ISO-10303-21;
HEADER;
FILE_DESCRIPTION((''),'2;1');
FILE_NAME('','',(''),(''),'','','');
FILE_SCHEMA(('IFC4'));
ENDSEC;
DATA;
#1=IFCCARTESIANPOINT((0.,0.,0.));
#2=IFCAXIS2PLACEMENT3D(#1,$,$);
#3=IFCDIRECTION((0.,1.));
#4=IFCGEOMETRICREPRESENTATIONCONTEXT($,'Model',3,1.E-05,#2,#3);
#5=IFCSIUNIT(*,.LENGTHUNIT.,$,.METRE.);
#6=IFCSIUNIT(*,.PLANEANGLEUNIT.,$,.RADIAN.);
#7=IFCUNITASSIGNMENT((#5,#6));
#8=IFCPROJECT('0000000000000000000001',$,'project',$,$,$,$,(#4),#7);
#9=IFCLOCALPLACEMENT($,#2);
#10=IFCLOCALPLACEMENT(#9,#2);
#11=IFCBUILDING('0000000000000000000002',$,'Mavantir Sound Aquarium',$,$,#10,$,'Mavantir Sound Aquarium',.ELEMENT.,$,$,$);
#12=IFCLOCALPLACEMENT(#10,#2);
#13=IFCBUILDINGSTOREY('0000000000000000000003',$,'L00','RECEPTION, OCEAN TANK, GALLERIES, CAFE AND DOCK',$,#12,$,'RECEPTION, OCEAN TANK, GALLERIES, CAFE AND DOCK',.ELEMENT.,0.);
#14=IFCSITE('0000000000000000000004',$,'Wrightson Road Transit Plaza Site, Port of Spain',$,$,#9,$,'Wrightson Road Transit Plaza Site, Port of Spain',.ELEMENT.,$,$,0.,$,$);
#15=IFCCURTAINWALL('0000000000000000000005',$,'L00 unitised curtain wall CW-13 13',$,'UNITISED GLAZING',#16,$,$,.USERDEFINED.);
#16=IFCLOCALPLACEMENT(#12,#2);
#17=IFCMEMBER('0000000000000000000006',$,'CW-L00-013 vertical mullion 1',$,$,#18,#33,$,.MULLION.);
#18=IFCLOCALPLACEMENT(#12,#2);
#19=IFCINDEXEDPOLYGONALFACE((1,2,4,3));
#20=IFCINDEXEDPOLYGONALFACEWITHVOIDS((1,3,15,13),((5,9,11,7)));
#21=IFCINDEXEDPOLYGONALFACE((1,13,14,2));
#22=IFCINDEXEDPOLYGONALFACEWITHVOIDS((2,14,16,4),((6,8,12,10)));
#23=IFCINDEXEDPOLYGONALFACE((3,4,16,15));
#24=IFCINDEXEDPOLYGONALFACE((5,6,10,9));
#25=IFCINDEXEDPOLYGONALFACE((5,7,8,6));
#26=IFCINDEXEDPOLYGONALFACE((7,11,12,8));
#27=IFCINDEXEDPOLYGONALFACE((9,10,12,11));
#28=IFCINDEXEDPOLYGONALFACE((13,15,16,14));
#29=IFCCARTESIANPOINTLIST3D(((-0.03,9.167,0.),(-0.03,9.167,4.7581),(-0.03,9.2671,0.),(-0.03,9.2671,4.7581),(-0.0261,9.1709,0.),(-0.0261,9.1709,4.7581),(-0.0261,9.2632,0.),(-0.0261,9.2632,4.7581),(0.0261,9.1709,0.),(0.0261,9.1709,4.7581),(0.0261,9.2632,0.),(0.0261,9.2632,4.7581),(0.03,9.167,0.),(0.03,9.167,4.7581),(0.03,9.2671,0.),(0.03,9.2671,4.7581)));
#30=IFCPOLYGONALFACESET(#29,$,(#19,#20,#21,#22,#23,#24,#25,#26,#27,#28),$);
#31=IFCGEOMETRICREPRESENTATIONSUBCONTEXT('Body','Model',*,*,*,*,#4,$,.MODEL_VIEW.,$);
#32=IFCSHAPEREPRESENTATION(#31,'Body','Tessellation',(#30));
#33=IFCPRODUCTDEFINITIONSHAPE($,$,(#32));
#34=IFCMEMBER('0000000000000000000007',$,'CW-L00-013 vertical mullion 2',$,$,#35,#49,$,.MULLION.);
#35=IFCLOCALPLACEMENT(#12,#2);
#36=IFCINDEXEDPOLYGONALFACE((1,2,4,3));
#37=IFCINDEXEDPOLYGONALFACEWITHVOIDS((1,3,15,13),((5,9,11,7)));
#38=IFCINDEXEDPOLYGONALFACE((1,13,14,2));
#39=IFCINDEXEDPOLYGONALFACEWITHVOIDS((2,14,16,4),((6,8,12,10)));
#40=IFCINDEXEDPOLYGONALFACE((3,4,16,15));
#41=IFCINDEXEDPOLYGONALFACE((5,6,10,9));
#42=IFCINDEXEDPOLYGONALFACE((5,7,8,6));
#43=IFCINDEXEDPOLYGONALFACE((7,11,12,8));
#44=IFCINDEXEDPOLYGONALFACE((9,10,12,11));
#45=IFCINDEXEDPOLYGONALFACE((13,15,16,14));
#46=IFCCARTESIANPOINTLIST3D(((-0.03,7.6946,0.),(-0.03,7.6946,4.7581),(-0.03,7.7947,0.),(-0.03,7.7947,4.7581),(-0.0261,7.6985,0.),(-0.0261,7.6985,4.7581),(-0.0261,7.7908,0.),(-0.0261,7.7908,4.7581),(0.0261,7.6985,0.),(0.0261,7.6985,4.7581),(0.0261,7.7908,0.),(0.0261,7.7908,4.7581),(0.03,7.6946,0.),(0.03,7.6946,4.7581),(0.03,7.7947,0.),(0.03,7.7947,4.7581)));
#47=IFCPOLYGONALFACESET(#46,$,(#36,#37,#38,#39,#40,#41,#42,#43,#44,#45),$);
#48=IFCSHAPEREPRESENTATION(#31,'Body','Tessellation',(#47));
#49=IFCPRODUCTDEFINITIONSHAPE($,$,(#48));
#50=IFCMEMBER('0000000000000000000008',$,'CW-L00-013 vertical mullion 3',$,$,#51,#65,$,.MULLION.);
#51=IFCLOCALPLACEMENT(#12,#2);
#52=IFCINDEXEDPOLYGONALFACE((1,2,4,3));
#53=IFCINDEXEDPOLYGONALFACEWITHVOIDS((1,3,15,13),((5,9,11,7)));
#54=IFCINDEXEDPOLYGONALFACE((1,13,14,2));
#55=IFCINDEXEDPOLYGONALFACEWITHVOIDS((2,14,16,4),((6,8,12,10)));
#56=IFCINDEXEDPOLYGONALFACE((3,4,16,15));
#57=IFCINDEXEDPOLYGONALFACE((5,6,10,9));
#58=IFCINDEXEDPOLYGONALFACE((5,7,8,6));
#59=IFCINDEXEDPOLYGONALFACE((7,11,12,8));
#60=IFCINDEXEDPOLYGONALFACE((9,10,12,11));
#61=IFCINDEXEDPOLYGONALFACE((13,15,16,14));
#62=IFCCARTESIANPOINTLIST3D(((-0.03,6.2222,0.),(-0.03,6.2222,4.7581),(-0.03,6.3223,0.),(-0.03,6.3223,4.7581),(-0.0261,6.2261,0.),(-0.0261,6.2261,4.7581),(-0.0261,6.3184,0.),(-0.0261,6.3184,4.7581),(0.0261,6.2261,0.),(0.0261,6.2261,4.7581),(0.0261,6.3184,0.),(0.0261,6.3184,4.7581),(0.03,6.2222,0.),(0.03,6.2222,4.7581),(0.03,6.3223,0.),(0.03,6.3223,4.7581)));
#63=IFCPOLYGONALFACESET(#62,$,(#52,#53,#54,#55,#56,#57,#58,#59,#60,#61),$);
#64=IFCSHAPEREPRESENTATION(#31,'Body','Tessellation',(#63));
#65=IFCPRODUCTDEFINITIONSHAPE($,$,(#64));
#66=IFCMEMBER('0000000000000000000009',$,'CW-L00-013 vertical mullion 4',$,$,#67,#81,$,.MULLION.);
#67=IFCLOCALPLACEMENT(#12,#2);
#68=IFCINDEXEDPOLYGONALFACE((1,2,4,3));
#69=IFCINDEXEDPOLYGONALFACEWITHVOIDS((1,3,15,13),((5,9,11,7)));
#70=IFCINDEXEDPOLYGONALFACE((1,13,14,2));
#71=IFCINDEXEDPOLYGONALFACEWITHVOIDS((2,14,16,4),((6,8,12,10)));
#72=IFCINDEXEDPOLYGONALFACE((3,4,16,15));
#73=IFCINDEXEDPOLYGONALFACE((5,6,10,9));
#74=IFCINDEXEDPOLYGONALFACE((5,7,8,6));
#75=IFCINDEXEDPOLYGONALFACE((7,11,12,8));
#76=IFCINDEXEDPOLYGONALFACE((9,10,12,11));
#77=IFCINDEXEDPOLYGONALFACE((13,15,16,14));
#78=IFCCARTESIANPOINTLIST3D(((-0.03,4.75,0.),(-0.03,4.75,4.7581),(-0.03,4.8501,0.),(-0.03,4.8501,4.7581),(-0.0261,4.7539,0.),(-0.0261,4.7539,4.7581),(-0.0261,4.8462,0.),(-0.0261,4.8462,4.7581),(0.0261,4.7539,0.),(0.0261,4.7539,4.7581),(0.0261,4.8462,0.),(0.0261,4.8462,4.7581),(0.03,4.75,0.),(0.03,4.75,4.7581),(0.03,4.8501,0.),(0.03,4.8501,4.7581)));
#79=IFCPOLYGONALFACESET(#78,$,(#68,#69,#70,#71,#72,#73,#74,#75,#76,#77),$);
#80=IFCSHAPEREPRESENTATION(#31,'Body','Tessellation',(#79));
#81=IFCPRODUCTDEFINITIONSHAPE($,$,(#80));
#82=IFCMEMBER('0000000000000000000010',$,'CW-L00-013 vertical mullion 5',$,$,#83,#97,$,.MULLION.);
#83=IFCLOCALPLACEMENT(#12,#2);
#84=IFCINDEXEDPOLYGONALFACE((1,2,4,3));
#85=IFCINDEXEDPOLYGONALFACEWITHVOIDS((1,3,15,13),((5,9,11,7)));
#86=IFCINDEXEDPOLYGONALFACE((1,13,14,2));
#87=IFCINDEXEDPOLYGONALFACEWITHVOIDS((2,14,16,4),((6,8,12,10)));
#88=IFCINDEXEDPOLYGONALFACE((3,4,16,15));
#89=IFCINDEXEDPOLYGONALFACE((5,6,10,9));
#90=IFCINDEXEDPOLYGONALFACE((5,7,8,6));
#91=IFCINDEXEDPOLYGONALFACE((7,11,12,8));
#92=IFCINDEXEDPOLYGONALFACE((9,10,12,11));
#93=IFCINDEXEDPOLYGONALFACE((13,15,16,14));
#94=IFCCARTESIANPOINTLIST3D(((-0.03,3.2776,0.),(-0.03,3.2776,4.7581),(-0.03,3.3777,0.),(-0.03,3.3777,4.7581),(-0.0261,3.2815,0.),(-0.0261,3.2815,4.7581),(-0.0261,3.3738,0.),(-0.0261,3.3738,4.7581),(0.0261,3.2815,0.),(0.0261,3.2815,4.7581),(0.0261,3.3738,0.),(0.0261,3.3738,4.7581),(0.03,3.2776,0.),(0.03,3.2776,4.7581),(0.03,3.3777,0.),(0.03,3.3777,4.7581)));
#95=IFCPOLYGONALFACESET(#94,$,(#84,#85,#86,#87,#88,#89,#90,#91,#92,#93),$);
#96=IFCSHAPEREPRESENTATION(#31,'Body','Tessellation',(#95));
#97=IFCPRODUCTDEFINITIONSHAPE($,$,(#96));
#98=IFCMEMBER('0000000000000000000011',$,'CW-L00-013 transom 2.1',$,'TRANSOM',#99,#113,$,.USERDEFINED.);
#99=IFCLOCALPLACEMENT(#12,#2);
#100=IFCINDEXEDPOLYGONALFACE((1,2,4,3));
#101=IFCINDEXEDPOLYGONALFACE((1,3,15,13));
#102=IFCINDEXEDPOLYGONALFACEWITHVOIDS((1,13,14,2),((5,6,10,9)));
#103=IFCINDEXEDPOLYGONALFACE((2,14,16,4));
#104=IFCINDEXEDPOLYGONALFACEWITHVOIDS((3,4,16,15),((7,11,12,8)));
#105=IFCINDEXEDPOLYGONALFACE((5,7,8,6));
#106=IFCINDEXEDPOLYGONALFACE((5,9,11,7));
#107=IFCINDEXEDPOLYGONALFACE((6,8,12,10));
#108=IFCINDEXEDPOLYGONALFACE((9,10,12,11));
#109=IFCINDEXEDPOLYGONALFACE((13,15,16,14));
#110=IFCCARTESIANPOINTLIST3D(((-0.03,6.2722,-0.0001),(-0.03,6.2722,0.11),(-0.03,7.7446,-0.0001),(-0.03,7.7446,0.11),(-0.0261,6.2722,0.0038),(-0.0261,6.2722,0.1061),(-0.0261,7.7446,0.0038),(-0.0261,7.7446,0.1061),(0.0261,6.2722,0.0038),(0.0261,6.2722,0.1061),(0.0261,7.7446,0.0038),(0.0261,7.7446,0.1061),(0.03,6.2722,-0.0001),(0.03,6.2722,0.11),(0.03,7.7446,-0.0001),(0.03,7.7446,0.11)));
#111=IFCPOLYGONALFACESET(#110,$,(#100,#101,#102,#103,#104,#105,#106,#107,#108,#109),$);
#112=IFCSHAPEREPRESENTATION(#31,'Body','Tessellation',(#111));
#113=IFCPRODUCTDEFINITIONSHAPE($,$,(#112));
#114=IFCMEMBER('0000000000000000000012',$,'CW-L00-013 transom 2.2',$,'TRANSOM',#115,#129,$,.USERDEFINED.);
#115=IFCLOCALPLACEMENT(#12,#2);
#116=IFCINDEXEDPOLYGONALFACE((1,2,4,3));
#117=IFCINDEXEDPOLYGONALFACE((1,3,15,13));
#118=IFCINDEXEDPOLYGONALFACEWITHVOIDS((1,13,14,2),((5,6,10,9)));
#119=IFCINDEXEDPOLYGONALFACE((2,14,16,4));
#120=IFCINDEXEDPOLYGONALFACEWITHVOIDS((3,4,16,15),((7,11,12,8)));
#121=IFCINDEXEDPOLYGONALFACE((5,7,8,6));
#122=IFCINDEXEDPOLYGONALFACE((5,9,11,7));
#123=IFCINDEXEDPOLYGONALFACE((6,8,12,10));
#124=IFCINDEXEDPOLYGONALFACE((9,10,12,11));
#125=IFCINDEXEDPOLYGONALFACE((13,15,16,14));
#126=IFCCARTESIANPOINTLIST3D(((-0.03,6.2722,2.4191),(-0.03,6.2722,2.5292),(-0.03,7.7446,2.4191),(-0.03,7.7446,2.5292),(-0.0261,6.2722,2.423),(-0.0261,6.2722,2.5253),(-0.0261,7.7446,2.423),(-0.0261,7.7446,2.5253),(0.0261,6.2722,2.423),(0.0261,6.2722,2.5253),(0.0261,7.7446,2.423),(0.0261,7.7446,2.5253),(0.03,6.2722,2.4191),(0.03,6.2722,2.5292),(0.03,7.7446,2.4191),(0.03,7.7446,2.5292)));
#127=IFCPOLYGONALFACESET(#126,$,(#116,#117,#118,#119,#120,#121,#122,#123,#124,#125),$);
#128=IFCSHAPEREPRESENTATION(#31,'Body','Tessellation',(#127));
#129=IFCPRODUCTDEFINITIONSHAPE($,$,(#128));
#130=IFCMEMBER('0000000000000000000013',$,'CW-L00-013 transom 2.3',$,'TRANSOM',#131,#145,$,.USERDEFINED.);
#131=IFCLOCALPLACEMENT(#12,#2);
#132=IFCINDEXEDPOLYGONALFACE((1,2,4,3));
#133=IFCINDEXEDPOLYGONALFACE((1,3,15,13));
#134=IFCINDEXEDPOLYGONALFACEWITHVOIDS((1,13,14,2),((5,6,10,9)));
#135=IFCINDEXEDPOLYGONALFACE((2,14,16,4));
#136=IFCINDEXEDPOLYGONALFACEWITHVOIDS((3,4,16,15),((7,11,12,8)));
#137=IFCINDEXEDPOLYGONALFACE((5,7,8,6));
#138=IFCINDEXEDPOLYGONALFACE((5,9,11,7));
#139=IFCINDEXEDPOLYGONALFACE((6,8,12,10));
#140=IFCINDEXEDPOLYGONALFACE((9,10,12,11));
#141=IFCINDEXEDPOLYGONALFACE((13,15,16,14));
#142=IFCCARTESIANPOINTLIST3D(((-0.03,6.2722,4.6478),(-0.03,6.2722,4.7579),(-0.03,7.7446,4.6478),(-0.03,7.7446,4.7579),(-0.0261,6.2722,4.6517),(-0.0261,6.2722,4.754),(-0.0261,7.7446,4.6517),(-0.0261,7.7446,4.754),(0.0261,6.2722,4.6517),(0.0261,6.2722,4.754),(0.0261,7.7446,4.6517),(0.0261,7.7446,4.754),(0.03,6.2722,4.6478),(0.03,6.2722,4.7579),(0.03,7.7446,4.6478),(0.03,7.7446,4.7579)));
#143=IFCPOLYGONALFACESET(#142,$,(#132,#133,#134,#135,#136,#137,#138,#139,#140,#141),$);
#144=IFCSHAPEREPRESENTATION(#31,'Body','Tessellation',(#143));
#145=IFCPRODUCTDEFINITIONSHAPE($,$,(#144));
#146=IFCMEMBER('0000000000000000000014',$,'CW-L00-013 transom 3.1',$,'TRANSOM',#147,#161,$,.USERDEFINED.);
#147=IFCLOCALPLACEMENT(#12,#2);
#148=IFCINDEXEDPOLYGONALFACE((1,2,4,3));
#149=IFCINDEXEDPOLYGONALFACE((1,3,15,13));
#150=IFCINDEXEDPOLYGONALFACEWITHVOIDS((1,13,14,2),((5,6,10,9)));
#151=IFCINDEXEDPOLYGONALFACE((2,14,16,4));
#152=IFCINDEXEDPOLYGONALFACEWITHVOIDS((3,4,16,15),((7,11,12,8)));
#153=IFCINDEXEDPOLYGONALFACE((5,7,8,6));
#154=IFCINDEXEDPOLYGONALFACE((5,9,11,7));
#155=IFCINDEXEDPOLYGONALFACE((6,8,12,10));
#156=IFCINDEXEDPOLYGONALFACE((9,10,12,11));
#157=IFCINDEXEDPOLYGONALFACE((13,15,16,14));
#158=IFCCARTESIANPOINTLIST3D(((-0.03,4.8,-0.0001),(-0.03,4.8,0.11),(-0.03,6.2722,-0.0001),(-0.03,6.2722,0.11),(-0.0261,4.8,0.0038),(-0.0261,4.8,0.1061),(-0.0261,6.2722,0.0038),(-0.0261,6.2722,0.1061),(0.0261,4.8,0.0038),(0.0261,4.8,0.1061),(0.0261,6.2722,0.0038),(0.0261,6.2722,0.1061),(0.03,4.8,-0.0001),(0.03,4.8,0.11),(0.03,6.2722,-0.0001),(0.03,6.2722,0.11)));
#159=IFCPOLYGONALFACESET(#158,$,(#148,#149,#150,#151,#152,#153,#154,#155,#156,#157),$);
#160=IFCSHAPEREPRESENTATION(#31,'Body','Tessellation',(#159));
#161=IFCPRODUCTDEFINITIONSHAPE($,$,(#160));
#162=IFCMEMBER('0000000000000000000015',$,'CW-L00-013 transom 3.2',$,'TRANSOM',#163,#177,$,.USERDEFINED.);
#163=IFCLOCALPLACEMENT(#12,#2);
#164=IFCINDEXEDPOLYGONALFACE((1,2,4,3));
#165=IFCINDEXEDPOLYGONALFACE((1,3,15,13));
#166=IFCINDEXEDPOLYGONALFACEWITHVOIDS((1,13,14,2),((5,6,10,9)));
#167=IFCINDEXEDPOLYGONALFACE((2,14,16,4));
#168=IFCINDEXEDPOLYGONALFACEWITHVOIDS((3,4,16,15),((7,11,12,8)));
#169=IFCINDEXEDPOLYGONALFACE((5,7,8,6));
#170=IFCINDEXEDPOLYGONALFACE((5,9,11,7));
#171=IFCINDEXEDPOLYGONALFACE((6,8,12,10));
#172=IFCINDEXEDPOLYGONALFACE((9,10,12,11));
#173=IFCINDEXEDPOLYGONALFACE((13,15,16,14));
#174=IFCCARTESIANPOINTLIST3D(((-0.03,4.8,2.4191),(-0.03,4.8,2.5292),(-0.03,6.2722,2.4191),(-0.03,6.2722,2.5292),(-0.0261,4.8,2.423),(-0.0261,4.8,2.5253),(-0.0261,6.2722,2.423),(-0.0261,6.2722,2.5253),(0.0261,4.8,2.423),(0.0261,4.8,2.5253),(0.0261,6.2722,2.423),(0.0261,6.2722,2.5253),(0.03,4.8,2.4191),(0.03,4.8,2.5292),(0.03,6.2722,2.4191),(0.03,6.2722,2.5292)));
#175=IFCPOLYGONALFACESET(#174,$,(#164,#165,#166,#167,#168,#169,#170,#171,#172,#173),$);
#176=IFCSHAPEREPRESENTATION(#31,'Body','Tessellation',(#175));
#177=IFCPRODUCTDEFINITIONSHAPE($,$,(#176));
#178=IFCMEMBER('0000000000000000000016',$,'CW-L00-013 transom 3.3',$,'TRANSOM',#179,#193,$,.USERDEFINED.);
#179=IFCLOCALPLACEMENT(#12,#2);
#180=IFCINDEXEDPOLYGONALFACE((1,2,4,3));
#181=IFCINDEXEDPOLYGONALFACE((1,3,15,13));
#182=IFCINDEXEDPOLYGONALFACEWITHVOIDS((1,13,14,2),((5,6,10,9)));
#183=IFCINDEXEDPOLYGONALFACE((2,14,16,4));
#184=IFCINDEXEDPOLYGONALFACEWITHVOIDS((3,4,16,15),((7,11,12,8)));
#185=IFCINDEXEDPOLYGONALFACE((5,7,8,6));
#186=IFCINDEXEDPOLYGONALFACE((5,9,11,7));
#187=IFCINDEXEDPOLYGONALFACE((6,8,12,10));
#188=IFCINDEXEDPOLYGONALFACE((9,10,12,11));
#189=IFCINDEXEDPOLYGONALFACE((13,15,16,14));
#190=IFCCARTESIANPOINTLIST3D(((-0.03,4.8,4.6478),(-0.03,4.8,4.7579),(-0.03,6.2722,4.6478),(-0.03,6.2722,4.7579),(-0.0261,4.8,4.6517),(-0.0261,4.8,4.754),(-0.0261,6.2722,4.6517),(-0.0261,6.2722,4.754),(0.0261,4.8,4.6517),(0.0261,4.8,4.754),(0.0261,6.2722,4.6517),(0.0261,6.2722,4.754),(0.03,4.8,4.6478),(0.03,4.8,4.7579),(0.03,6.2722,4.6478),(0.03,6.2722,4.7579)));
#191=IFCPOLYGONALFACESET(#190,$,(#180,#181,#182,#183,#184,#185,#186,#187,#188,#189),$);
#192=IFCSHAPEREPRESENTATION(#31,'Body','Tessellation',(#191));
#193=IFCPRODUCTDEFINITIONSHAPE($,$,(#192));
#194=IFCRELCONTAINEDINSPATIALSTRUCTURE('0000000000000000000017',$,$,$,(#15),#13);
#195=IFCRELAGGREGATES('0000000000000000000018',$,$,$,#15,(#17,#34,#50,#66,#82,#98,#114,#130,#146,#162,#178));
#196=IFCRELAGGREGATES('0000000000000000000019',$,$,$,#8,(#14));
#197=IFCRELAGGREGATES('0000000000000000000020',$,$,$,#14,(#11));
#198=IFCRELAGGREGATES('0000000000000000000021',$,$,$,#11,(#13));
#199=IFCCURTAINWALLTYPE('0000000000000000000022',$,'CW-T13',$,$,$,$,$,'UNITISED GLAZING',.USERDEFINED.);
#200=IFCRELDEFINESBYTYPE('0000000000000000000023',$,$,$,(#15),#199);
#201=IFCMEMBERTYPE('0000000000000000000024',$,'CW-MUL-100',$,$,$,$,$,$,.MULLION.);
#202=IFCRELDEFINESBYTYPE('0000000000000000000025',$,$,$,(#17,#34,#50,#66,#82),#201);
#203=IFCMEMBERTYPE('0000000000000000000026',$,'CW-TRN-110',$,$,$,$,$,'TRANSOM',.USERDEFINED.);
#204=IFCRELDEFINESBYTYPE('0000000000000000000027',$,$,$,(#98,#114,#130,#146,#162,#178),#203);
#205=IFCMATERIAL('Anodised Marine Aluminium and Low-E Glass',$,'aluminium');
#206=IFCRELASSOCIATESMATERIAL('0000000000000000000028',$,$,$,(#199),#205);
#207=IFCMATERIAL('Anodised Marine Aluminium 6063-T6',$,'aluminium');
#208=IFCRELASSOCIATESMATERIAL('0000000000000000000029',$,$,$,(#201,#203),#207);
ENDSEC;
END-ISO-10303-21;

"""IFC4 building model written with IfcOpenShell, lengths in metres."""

from ifc_helpers import new_model, si_unit, direction, frame, origin, origin_2d, place, context, subcontext, project, spatial, hollow_rectangle, extrude, material, material_profile, profile_set, type_object, element, aggregate, save


model = new_model("IFC4")

# Units and contexts
model_context = context("Model", 3, precision=1e-05, world=origin(), true_north=direction((0.0, 1.0)))
body_context = subcontext(model_context, "Body", "Model", "MODEL_VIEW")
ifc_project = project(units=[si_unit("LENGTHUNIT", "METRE"), si_unit("PLANEANGLEUNIT", "RADIAN")], contexts=[model_context])

# Site, building, storey
site_placement = place(None, origin())
site = spatial("IfcSite", under=ifc_project, at=site_placement, Name="Wrightson Road Transit Plaza Site, Port of Spain", LongName="Wrightson Road Transit Plaza Site, Port of Spain", CompositionType="ELEMENT", RefElevation=0.0)
building_placement = place(site_placement, origin())
building = spatial("IfcBuilding", under=site, at=building_placement, Name="Mavantir Sound Aquarium", LongName="Mavantir Sound Aquarium", CompositionType="ELEMENT")
storey_placement = place(building_placement, origin())
storey = spatial("IfcBuildingStorey", under=building, at=storey_placement, Name="L00", Description="RECEPTION, OCEAN TANK, GALLERIES, CAFE AND DOCK", LongName="RECEPTION, OCEAN TANK, GALLERIES, CAFE AND DOCK", CompositionType="ELEMENT", Elevation=0.0)

# Curtain wall, members
ifc_material_1 = material(Name="Anodised Marine Aluminium and Low-E Glass", Category="aluminium")
curtain_wall_type = type_object("IfcCurtainWallType", Name="CW-T13", ElementType="UNITISED GLAZING", PredefinedType="USERDEFINED", material=ifc_material_1)
curtain_wall_placement = place(storey_placement, origin())
curtain_wall = element("IfcCurtainWall", 1, at=curtain_wall_placement, inside=storey, type_object=curtain_wall_type, Name="L00 unitised curtain wall CW-13 13", ObjectType="UNITISED GLAZING", PredefinedType="USERDEFINED")
ifc_material_2 = material(Name="Anodised Marine Aluminium 6063-T6", Category="aluminium")
ifc_material_profile_1 = material_profile(ifc_material_2, hollow_rectangle(XDim=0.0601, YDim=0.1001, WallThickness=0.0039, at=origin_2d()), Name="ALU-MULLION-100X60")
ifc_profile_set_1 = profile_set([ifc_material_profile_1], Name="Anodised Marine Aluminium 6063-T6")
member_type_1 = type_object("IfcMemberType", Name="CW-MUL-100", PredefinedType="MULLION", material=ifc_profile_set_1)
member_1_placement = place(storey_placement, frame((0.0, 9.217, 0.0), z_axis=(0.0, 0.0, 1.0), x_axis=(1.0, 0.0, 0.0)))
member_1 = element("IfcMember", 2, at=member_1_placement, type_object=member_type_1, Name="CW-L00-013 vertical mullion 1", PredefinedType="MULLION", context=body_context, shape_type="SweptSolid", body=[
    extrude(hollow_rectangle(XDim=0.0601, YDim=0.1001, WallThickness=0.0039, at=origin_2d()), origin(), (0.0, 0.0, 1.0), 4.7581),
])
member_2_placement = place(storey_placement, frame((0.0, 7.7446, 0.0), z_axis=(0.0, 0.0, 1.0), x_axis=(1.0, 0.0, 0.0)))
member_2 = element("IfcMember", 3, at=member_2_placement, type_object=member_type_1, Name="CW-L00-013 vertical mullion 2", PredefinedType="MULLION", context=body_context, shape_type="SweptSolid", body=[
    extrude(hollow_rectangle(XDim=0.0601, YDim=0.1001, WallThickness=0.0039, at=origin_2d()), origin(), (0.0, 0.0, 1.0), 4.7581),
])
member_3_placement = place(storey_placement, frame((0.0, 6.2722, 0.0), z_axis=(0.0, 0.0, 1.0), x_axis=(1.0, 0.0, 0.0)))
member_3 = element("IfcMember", 4, at=member_3_placement, type_object=member_type_1, Name="CW-L00-013 vertical mullion 3", PredefinedType="MULLION", context=body_context, shape_type="SweptSolid", body=[
    extrude(hollow_rectangle(XDim=0.0601, YDim=0.1001, WallThickness=0.0039, at=origin_2d()), origin(), (0.0, 0.0, 1.0), 4.7581),
])
member_4_placement = place(storey_placement, frame((0.0, 4.8, 0.0), z_axis=(0.0, 0.0, 1.0), x_axis=(1.0, 0.0, 0.0)))
member_4 = element("IfcMember", 5, at=member_4_placement, type_object=member_type_1, Name="CW-L00-013 vertical mullion 4", PredefinedType="MULLION", context=body_context, shape_type="SweptSolid", body=[
    extrude(hollow_rectangle(XDim=0.0601, YDim=0.1001, WallThickness=0.0039, at=origin_2d()), origin(), (0.0, 0.0, 1.0), 4.7581),
])
member_5_placement = place(storey_placement, frame((0.0, 3.3276, 0.0), z_axis=(0.0, 0.0, 1.0), x_axis=(1.0, 0.0, 0.0)))
member_5 = element("IfcMember", 6, at=member_5_placement, type_object=member_type_1, Name="CW-L00-013 vertical mullion 5", PredefinedType="MULLION", context=body_context, shape_type="SweptSolid", body=[
    extrude(hollow_rectangle(XDim=0.0601, YDim=0.1001, WallThickness=0.0039, at=origin_2d()), origin(), (0.0, 0.0, 1.0), 4.7581),
])
ifc_material_profile_2 = material_profile(ifc_material_2, hollow_rectangle(XDim=0.0601, YDim=0.1101, WallThickness=0.0039, at=origin_2d()), Name="ALU-TRANSOM-110X60")
ifc_profile_set_2 = profile_set([ifc_material_profile_2], Name="Anodised Marine Aluminium 6063-T6")
member_type_2 = type_object("IfcMemberType", Name="CW-TRN-110", ElementType="TRANSOM", PredefinedType="USERDEFINED", material=ifc_profile_set_2)
member_6_placement = place(storey_placement, frame((0.0, 7.7446, 0.0549), z_axis=(0.0, -1.0, 0.0), x_axis=(1.0, 0.0, 0.0)))
member_6 = element("IfcMember", 7, at=member_6_placement, type_object=member_type_2, Name="CW-L00-013 transom 2.1", ObjectType="TRANSOM", PredefinedType="USERDEFINED", context=body_context, shape_type="SweptSolid", body=[
    extrude(hollow_rectangle(XDim=0.0601, YDim=0.1101, WallThickness=0.0039, at=origin_2d()), origin(), (0.0, 0.0, 1.0), 1.4724),
])
member_7_placement = place(storey_placement, frame((0.0, 7.7446, 2.4741), z_axis=(0.0, -1.0, 0.0), x_axis=(1.0, 0.0, 0.0)))
member_7 = element("IfcMember", 8, at=member_7_placement, type_object=member_type_2, Name="CW-L00-013 transom 2.2", ObjectType="TRANSOM", PredefinedType="USERDEFINED", context=body_context, shape_type="SweptSolid", body=[
    extrude(hollow_rectangle(XDim=0.0601, YDim=0.1101, WallThickness=0.0039, at=origin_2d()), origin(), (0.0, 0.0, 1.0), 1.4724),
])
member_8_placement = place(storey_placement, frame((0.0, 7.7446, 4.7029), z_axis=(0.0, -1.0, 0.0), x_axis=(1.0, 0.0, 0.0)))
member_8 = element("IfcMember", 9, at=member_8_placement, type_object=member_type_2, Name="CW-L00-013 transom 2.3", ObjectType="TRANSOM", PredefinedType="USERDEFINED", context=body_context, shape_type="SweptSolid", body=[
    extrude(hollow_rectangle(XDim=0.0601, YDim=0.1101, WallThickness=0.0039, at=origin_2d()), origin(), (0.0, 0.0, 1.0), 1.4724),
])
member_9_placement = place(storey_placement, frame((0.0, 6.2722, 0.0549), z_axis=(0.0, -1.0, 0.0), x_axis=(1.0, 0.0, 0.0)))
member_9 = element("IfcMember", 10, at=member_9_placement, type_object=member_type_2, Name="CW-L00-013 transom 3.1", ObjectType="TRANSOM", PredefinedType="USERDEFINED", context=body_context, shape_type="SweptSolid", body=[
    extrude(hollow_rectangle(XDim=0.0601, YDim=0.1101, WallThickness=0.0039, at=origin_2d()), origin(), (0.0, 0.0, 1.0), 1.4722),
])
member_10_placement = place(storey_placement, frame((0.0, 6.2722, 2.4741), z_axis=(0.0, -1.0, 0.0), x_axis=(1.0, 0.0, 0.0)))
member_10 = element("IfcMember", 11, at=member_10_placement, type_object=member_type_2, Name="CW-L00-013 transom 3.2", ObjectType="TRANSOM", PredefinedType="USERDEFINED", context=body_context, shape_type="SweptSolid", body=[
    extrude(hollow_rectangle(XDim=0.0601, YDim=0.1101, WallThickness=0.0039, at=origin_2d()), origin(), (0.0, 0.0, 1.0), 1.4722),
])
member_11_placement = place(storey_placement, frame((0.0, 6.2722, 4.7029), z_axis=(0.0, -1.0, 0.0), x_axis=(1.0, 0.0, 0.0)))
member_11 = element("IfcMember", 12, at=member_11_placement, type_object=member_type_2, Name="CW-L00-013 transom 3.3", ObjectType="TRANSOM", PredefinedType="USERDEFINED", context=body_context, shape_type="SweptSolid", body=[
    extrude(hollow_rectangle(XDim=0.0601, YDim=0.1101, WallThickness=0.0039, at=origin_2d()), origin(), (0.0, 0.0, 1.0), 1.4722),
])
aggregate(curtain_wall, [member_1, member_2, member_3, member_4, member_5, member_6, member_7, member_8, member_9, member_10, member_11])

save(model, "model.ifc")
